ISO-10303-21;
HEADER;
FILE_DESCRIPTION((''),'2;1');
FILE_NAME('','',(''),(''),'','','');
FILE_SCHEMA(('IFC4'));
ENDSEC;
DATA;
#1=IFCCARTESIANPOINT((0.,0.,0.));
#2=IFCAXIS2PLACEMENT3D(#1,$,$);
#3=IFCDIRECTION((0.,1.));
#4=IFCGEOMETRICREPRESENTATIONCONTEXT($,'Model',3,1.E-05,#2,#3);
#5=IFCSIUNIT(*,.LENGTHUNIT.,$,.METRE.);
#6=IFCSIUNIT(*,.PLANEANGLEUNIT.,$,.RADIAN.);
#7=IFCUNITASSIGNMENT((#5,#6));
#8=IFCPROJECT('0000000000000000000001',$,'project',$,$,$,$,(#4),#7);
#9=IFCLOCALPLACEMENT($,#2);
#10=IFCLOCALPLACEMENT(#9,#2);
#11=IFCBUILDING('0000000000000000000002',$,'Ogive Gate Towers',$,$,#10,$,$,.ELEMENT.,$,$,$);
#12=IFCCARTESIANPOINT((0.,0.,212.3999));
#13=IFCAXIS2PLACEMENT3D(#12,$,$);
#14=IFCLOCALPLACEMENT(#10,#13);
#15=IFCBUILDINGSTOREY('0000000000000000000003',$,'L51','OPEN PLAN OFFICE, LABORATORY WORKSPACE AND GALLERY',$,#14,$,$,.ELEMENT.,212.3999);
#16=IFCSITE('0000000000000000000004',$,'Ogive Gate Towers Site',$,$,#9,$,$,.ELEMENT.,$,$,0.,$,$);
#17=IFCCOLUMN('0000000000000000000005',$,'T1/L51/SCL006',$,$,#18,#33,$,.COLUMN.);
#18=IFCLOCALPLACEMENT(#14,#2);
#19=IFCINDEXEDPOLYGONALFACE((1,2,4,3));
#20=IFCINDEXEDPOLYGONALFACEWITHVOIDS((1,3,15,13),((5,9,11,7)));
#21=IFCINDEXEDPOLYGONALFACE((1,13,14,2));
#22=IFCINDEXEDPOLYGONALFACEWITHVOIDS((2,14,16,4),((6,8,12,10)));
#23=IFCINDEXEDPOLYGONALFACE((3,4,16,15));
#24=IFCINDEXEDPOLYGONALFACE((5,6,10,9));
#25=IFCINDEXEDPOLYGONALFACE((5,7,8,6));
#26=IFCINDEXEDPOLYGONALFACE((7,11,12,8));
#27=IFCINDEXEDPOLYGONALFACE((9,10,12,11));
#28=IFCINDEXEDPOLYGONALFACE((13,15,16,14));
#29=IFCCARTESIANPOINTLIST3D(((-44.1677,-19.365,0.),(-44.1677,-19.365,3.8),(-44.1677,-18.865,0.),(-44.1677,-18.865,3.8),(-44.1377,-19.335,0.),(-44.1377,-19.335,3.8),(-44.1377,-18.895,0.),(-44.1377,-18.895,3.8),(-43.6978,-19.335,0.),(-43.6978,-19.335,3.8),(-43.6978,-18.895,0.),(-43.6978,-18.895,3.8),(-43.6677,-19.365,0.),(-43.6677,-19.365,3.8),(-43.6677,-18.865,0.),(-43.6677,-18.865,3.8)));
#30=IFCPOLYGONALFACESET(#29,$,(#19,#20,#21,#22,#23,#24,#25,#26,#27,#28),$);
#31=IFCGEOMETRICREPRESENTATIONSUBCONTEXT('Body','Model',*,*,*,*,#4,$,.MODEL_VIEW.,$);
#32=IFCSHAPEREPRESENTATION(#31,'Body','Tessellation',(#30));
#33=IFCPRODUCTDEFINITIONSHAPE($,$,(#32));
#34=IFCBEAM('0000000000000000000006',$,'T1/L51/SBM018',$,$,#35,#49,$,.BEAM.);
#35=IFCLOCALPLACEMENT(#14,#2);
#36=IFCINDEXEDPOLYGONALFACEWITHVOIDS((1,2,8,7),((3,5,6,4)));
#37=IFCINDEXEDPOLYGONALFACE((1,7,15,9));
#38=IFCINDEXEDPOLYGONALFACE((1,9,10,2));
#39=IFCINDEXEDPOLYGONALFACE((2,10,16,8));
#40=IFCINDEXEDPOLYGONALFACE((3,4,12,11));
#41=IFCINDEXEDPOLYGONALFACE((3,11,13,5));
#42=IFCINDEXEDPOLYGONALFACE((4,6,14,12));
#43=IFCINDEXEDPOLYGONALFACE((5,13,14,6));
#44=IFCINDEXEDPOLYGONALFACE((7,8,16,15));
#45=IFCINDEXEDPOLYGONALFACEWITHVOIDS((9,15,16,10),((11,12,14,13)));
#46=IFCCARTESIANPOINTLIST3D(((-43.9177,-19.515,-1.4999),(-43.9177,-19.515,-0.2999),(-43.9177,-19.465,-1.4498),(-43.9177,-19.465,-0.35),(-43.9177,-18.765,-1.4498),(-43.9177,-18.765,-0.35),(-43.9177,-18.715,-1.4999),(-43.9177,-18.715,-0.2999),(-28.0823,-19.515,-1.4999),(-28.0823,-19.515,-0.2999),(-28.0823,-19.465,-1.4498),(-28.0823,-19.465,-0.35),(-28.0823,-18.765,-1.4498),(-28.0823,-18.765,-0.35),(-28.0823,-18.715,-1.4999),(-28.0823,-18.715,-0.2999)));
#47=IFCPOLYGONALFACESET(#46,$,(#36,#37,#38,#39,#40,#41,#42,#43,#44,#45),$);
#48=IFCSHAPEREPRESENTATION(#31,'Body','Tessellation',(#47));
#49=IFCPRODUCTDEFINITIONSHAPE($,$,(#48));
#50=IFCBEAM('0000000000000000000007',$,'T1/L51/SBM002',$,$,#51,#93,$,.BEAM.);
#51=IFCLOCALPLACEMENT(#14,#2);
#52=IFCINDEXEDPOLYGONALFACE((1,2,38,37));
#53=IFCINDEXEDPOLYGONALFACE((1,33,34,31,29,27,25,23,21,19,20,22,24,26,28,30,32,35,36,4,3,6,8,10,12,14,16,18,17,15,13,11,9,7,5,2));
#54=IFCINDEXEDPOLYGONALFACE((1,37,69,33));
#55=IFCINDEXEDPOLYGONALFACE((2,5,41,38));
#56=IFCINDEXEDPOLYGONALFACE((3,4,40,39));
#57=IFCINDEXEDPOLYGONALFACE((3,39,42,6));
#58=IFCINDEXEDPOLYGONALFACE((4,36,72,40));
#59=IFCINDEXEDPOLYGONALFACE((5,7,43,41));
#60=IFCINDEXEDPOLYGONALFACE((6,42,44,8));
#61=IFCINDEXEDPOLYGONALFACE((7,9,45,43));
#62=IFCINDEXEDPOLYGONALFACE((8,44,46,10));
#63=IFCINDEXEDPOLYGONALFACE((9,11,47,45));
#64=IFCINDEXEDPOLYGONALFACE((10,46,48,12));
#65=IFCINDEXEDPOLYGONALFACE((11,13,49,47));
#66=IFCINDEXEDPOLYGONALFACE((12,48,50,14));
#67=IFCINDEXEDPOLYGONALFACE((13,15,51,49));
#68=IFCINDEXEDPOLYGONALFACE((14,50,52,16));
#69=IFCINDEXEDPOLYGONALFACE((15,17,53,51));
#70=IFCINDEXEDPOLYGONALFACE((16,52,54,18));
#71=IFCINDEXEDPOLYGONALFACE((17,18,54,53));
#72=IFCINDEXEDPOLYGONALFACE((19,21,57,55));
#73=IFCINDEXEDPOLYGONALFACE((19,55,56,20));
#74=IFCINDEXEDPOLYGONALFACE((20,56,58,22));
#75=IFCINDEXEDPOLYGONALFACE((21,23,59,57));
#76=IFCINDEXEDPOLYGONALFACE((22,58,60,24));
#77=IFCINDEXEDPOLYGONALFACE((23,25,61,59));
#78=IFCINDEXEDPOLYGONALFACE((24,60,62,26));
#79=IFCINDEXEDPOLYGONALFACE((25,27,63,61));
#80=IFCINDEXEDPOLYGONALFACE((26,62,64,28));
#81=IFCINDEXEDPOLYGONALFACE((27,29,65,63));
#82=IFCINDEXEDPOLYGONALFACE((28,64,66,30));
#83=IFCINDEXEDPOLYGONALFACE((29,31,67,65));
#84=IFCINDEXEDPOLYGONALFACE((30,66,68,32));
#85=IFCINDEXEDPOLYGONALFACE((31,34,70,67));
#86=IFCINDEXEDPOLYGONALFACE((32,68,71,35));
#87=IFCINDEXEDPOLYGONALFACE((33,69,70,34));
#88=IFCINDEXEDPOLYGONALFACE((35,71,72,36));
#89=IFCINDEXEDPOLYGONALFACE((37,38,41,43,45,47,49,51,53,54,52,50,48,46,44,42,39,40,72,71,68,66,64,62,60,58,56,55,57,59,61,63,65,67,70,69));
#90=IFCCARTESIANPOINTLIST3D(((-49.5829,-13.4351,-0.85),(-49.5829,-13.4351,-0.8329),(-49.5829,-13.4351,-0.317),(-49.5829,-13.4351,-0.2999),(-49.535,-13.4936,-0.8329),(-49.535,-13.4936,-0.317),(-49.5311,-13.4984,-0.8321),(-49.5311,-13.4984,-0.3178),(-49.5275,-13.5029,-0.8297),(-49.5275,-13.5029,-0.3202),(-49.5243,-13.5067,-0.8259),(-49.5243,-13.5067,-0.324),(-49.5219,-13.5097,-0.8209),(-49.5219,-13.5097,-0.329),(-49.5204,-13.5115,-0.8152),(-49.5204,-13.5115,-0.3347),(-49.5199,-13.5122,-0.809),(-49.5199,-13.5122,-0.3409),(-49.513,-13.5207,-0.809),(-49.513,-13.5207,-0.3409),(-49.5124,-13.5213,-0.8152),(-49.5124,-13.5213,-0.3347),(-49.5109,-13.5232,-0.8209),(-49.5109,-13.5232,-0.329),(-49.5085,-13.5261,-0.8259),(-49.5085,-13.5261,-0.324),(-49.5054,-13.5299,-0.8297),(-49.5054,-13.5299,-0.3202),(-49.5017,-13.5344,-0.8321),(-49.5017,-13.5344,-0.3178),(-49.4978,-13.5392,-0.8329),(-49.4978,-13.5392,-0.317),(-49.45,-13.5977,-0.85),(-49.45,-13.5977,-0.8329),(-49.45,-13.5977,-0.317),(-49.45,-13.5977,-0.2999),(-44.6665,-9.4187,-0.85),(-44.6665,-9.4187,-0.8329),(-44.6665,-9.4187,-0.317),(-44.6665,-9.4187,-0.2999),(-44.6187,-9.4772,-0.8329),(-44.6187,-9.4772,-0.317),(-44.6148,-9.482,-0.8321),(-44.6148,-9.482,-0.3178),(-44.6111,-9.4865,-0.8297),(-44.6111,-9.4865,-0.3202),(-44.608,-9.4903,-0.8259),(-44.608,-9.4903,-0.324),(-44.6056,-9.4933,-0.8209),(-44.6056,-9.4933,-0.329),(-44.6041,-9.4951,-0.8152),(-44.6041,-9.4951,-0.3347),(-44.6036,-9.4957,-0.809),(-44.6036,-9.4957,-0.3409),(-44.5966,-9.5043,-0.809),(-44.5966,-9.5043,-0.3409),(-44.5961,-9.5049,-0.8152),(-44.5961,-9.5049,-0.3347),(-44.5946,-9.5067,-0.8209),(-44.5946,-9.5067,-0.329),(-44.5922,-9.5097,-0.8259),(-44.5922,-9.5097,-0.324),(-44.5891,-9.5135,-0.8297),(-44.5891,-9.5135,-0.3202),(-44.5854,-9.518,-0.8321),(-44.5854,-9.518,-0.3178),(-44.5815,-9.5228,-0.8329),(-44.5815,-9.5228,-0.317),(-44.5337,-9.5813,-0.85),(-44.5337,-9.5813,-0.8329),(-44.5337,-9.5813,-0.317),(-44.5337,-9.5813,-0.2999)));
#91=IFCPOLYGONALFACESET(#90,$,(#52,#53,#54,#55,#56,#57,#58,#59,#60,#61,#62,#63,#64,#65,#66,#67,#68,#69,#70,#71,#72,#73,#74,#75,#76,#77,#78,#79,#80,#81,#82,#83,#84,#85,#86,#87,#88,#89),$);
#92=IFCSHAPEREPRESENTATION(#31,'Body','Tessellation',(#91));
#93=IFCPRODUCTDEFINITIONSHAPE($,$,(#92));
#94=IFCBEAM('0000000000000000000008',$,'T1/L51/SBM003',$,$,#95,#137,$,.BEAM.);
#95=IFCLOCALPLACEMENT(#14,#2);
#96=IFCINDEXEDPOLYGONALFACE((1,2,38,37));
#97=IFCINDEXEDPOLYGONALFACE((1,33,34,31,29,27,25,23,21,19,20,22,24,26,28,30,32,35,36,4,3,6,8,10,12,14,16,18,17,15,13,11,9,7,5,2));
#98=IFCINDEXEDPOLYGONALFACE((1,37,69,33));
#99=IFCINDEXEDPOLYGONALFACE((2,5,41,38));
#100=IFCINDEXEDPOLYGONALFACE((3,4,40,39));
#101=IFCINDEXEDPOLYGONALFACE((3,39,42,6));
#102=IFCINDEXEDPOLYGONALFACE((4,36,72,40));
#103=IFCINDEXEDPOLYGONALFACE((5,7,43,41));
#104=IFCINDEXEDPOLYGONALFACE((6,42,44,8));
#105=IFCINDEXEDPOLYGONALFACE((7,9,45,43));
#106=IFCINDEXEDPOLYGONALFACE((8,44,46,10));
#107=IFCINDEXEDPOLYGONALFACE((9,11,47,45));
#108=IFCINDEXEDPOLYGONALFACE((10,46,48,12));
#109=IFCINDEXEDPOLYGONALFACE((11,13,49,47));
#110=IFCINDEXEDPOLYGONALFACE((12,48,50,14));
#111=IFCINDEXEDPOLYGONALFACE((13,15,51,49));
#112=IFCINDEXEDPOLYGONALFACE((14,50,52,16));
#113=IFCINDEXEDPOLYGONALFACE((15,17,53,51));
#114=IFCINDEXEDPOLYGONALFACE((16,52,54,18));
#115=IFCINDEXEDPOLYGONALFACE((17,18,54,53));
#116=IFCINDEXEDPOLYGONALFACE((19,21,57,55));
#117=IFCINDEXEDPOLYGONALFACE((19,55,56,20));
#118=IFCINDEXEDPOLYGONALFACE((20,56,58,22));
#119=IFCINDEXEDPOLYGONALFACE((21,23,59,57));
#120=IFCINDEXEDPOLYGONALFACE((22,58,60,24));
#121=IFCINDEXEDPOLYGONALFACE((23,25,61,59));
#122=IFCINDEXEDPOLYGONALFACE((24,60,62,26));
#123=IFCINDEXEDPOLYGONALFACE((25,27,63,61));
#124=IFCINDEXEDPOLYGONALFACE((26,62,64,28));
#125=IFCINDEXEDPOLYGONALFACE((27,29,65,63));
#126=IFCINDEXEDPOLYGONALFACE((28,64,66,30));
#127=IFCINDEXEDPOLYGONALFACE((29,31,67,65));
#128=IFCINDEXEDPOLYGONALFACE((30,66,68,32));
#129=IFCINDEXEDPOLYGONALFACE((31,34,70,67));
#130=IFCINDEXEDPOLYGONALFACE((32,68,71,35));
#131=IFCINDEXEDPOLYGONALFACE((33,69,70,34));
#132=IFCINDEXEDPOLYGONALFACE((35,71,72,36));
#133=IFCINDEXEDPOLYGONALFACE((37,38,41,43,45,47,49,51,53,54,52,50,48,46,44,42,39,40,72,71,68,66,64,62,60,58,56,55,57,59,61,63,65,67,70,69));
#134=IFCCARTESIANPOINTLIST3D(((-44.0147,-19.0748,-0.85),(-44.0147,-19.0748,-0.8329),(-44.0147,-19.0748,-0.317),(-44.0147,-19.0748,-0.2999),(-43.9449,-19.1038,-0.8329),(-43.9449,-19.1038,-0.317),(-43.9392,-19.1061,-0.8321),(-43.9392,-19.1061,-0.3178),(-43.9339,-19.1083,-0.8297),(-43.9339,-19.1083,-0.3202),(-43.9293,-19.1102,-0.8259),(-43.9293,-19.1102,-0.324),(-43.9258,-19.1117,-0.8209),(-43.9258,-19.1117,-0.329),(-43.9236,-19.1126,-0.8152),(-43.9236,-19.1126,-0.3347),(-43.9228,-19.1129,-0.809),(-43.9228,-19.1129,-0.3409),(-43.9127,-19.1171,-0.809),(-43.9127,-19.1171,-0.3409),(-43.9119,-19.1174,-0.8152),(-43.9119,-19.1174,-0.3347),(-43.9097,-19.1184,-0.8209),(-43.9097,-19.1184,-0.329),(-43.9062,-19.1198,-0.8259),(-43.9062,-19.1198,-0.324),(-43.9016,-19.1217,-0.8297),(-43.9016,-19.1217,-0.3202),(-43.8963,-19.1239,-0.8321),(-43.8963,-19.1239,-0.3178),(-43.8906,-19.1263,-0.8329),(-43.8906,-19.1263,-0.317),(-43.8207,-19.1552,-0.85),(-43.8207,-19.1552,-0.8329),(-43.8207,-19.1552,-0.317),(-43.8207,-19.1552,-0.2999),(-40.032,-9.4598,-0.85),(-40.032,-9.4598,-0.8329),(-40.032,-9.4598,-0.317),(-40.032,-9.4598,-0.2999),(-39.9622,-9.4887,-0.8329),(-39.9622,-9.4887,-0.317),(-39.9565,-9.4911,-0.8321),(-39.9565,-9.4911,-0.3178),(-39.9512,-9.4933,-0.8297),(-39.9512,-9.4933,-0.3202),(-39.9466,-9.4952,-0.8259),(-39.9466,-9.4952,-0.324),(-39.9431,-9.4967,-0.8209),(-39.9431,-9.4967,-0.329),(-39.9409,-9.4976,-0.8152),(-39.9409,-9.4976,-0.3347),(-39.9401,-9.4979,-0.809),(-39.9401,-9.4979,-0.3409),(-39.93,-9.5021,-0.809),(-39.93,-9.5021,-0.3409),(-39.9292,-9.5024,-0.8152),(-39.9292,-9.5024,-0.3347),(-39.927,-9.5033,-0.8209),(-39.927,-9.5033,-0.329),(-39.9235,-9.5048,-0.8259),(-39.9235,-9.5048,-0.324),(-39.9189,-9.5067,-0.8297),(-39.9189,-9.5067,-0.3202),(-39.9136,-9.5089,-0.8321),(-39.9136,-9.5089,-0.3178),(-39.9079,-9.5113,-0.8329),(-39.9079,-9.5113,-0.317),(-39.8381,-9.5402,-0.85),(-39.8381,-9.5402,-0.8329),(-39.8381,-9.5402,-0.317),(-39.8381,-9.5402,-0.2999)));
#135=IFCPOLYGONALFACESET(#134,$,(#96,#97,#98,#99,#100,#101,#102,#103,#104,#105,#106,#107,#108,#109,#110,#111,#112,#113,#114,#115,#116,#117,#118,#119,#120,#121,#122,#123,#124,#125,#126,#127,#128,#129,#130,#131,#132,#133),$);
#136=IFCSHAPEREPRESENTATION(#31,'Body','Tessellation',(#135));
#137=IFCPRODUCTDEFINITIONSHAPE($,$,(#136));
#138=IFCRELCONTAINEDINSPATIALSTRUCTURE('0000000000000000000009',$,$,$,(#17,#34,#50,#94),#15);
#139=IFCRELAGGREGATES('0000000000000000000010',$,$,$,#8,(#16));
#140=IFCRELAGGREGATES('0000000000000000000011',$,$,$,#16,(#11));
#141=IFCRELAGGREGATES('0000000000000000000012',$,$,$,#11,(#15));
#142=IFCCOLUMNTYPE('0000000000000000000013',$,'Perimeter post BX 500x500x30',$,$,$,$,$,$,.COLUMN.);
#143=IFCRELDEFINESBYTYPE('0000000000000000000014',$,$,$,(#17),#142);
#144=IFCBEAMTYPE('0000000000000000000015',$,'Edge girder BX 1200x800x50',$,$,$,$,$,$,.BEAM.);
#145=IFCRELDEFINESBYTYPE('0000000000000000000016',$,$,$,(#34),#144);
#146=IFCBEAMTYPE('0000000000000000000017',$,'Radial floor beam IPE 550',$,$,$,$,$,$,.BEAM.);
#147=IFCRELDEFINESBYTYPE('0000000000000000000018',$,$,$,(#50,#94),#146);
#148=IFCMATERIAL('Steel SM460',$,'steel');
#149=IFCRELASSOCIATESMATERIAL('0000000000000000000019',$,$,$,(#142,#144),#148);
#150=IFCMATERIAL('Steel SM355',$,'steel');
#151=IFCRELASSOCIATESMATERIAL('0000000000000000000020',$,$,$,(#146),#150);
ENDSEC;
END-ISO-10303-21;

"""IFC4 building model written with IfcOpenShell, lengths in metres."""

from ifc_helpers import new_model, si_unit, direction, frame, origin, origin_2d, place, context, subcontext, project, spatial, hollow_rectangle, i_section, extrude, material, material_profile, profile_set, type_object, element, save


model = new_model("IFC4")

# Units and contexts
model_context = context("Model", 3, precision=1e-05, world=origin(), true_north=direction((0.0, 1.0)))
body_context = subcontext(model_context, "Body", "Model", "MODEL_VIEW")
ifc_project = project(units=[si_unit("LENGTHUNIT", "METRE"), si_unit("PLANEANGLEUNIT", "RADIAN")], contexts=[model_context])

# Site, building, storey
site_placement = place(None, origin())
site = spatial("IfcSite", under=ifc_project, at=site_placement, Name="Ogive Gate Towers Site", CompositionType="ELEMENT", RefElevation=0.0)
building_placement = place(site_placement, origin())
building = spatial("IfcBuilding", under=site, at=building_placement, Name="Ogive Gate Towers", CompositionType="ELEMENT")
storey_placement = place(building_placement, frame((0.0, 0.0, 212.3999)))
storey = spatial("IfcBuildingStorey", under=building, at=storey_placement, Name="L51", Description="OPEN PLAN OFFICE, LABORATORY WORKSPACE AND GALLERY", CompositionType="ELEMENT", Elevation=212.3999)

# Column
ifc_material_1 = material(Name="Steel SM460", Category="steel")
ifc_material_profile_1 = material_profile(ifc_material_1, hollow_rectangle(XDim=0.5, YDim=0.5, WallThickness=0.03, at=origin_2d()), Name="BX 500x500x30")
ifc_profile_set_1 = profile_set([ifc_material_profile_1], Name="Steel SM460")
column_type = type_object("IfcColumnType", Name="Perimeter post BX 500x500x30", PredefinedType="COLUMN", material=ifc_profile_set_1)
column_placement = place(storey_placement, frame((-43.9177, -19.115, 0.0), z_axis=(0.0, 0.0, 1.0), x_axis=(1.0, 0.0, 0.0)))
element("IfcColumn", 1, at=column_placement, inside=storey, type_object=column_type, Name="T1/L51/SCL006", PredefinedType="COLUMN", context=body_context, shape_type="SweptSolid", body=[
    extrude(hollow_rectangle(XDim=0.5, YDim=0.5, WallThickness=0.03, at=origin_2d()), origin(), (0.0, 0.0, 1.0), 3.8),
])

# Beams
ifc_material_profile_2 = material_profile(ifc_material_1, hollow_rectangle(XDim=0.8, YDim=1.2, WallThickness=0.05, at=origin_2d()), Name="BX 1200x800x50")
ifc_profile_set_2 = profile_set([ifc_material_profile_2], Name="Steel SM460")
beam_type_1 = type_object("IfcBeamType", Name="Edge girder BX 1200x800x50", PredefinedType="BEAM", material=ifc_profile_set_2)
beam_1_placement = place(storey_placement, frame((-43.9177, -19.115, -0.8999), z_axis=(1.0, 0.0, 0.0), x_axis=(0.0, 1.0, 0.0)))
element("IfcBeam", 2, at=beam_1_placement, inside=storey, type_object=beam_type_1, Name="T1/L51/SBM018", PredefinedType="BEAM", context=body_context, shape_type="SweptSolid", body=[
    extrude(hollow_rectangle(XDim=0.8, YDim=1.2, WallThickness=0.05, at=origin_2d()), origin(), (0.0, 0.0, 1.0), 15.8354),
])
ifc_material_2 = material(Name="Steel SM355", Category="steel")
ifc_material_profile_3 = material_profile(ifc_material_2, i_section(OverallWidth=0.21, OverallDepth=0.55, WebThickness=0.011, FlangeThickness=0.0171, FilletRadius=0.0239, at=origin_2d()), Name="IPE 550")
ifc_profile_set_3 = profile_set([ifc_material_profile_3], Name="Steel SM355")
beam_type_2 = type_object("IfcBeamType", Name="Radial floor beam IPE 550", PredefinedType="BEAM", material=ifc_profile_set_3)
beam_2_placement = place(storey_placement, frame((-44.6001, -9.5, -0.575), z_axis=(-0.774423, -0.632668, 0.0), x_axis=(0.632668, -0.774423, 0.0)))
element("IfcBeam", 3, at=beam_2_placement, inside=storey, type_object=beam_type_2, Name="T1/L51/SBM002", PredefinedType="BEAM", context=body_context, shape_type="SweptSolid", body=[
    extrude(i_section(OverallWidth=0.21, OverallDepth=0.55, WebThickness=0.011, FlangeThickness=0.0171, FilletRadius=0.0239, at=origin_2d()), origin(), (0.0, 0.0, 1.0), 6.3484),
])
beam_3_placement = place(storey_placement, frame((-39.9351, -9.5, -0.575), z_axis=(-0.382684, -0.923879, 0.0), x_axis=(0.923879, -0.382684, 0.0)))
element("IfcBeam", 4, at=beam_3_placement, inside=storey, type_object=beam_type_2, Name="T1/L51/SBM003", PredefinedType="BEAM", context=body_context, shape_type="SweptSolid", body=[
    extrude(i_section(OverallWidth=0.21, OverallDepth=0.55, WebThickness=0.011, FlangeThickness=0.0171, FilletRadius=0.0239, at=origin_2d()), origin(), (0.0, 0.0, 1.0), 10.4072),
])

save(model, "model.ifc")
